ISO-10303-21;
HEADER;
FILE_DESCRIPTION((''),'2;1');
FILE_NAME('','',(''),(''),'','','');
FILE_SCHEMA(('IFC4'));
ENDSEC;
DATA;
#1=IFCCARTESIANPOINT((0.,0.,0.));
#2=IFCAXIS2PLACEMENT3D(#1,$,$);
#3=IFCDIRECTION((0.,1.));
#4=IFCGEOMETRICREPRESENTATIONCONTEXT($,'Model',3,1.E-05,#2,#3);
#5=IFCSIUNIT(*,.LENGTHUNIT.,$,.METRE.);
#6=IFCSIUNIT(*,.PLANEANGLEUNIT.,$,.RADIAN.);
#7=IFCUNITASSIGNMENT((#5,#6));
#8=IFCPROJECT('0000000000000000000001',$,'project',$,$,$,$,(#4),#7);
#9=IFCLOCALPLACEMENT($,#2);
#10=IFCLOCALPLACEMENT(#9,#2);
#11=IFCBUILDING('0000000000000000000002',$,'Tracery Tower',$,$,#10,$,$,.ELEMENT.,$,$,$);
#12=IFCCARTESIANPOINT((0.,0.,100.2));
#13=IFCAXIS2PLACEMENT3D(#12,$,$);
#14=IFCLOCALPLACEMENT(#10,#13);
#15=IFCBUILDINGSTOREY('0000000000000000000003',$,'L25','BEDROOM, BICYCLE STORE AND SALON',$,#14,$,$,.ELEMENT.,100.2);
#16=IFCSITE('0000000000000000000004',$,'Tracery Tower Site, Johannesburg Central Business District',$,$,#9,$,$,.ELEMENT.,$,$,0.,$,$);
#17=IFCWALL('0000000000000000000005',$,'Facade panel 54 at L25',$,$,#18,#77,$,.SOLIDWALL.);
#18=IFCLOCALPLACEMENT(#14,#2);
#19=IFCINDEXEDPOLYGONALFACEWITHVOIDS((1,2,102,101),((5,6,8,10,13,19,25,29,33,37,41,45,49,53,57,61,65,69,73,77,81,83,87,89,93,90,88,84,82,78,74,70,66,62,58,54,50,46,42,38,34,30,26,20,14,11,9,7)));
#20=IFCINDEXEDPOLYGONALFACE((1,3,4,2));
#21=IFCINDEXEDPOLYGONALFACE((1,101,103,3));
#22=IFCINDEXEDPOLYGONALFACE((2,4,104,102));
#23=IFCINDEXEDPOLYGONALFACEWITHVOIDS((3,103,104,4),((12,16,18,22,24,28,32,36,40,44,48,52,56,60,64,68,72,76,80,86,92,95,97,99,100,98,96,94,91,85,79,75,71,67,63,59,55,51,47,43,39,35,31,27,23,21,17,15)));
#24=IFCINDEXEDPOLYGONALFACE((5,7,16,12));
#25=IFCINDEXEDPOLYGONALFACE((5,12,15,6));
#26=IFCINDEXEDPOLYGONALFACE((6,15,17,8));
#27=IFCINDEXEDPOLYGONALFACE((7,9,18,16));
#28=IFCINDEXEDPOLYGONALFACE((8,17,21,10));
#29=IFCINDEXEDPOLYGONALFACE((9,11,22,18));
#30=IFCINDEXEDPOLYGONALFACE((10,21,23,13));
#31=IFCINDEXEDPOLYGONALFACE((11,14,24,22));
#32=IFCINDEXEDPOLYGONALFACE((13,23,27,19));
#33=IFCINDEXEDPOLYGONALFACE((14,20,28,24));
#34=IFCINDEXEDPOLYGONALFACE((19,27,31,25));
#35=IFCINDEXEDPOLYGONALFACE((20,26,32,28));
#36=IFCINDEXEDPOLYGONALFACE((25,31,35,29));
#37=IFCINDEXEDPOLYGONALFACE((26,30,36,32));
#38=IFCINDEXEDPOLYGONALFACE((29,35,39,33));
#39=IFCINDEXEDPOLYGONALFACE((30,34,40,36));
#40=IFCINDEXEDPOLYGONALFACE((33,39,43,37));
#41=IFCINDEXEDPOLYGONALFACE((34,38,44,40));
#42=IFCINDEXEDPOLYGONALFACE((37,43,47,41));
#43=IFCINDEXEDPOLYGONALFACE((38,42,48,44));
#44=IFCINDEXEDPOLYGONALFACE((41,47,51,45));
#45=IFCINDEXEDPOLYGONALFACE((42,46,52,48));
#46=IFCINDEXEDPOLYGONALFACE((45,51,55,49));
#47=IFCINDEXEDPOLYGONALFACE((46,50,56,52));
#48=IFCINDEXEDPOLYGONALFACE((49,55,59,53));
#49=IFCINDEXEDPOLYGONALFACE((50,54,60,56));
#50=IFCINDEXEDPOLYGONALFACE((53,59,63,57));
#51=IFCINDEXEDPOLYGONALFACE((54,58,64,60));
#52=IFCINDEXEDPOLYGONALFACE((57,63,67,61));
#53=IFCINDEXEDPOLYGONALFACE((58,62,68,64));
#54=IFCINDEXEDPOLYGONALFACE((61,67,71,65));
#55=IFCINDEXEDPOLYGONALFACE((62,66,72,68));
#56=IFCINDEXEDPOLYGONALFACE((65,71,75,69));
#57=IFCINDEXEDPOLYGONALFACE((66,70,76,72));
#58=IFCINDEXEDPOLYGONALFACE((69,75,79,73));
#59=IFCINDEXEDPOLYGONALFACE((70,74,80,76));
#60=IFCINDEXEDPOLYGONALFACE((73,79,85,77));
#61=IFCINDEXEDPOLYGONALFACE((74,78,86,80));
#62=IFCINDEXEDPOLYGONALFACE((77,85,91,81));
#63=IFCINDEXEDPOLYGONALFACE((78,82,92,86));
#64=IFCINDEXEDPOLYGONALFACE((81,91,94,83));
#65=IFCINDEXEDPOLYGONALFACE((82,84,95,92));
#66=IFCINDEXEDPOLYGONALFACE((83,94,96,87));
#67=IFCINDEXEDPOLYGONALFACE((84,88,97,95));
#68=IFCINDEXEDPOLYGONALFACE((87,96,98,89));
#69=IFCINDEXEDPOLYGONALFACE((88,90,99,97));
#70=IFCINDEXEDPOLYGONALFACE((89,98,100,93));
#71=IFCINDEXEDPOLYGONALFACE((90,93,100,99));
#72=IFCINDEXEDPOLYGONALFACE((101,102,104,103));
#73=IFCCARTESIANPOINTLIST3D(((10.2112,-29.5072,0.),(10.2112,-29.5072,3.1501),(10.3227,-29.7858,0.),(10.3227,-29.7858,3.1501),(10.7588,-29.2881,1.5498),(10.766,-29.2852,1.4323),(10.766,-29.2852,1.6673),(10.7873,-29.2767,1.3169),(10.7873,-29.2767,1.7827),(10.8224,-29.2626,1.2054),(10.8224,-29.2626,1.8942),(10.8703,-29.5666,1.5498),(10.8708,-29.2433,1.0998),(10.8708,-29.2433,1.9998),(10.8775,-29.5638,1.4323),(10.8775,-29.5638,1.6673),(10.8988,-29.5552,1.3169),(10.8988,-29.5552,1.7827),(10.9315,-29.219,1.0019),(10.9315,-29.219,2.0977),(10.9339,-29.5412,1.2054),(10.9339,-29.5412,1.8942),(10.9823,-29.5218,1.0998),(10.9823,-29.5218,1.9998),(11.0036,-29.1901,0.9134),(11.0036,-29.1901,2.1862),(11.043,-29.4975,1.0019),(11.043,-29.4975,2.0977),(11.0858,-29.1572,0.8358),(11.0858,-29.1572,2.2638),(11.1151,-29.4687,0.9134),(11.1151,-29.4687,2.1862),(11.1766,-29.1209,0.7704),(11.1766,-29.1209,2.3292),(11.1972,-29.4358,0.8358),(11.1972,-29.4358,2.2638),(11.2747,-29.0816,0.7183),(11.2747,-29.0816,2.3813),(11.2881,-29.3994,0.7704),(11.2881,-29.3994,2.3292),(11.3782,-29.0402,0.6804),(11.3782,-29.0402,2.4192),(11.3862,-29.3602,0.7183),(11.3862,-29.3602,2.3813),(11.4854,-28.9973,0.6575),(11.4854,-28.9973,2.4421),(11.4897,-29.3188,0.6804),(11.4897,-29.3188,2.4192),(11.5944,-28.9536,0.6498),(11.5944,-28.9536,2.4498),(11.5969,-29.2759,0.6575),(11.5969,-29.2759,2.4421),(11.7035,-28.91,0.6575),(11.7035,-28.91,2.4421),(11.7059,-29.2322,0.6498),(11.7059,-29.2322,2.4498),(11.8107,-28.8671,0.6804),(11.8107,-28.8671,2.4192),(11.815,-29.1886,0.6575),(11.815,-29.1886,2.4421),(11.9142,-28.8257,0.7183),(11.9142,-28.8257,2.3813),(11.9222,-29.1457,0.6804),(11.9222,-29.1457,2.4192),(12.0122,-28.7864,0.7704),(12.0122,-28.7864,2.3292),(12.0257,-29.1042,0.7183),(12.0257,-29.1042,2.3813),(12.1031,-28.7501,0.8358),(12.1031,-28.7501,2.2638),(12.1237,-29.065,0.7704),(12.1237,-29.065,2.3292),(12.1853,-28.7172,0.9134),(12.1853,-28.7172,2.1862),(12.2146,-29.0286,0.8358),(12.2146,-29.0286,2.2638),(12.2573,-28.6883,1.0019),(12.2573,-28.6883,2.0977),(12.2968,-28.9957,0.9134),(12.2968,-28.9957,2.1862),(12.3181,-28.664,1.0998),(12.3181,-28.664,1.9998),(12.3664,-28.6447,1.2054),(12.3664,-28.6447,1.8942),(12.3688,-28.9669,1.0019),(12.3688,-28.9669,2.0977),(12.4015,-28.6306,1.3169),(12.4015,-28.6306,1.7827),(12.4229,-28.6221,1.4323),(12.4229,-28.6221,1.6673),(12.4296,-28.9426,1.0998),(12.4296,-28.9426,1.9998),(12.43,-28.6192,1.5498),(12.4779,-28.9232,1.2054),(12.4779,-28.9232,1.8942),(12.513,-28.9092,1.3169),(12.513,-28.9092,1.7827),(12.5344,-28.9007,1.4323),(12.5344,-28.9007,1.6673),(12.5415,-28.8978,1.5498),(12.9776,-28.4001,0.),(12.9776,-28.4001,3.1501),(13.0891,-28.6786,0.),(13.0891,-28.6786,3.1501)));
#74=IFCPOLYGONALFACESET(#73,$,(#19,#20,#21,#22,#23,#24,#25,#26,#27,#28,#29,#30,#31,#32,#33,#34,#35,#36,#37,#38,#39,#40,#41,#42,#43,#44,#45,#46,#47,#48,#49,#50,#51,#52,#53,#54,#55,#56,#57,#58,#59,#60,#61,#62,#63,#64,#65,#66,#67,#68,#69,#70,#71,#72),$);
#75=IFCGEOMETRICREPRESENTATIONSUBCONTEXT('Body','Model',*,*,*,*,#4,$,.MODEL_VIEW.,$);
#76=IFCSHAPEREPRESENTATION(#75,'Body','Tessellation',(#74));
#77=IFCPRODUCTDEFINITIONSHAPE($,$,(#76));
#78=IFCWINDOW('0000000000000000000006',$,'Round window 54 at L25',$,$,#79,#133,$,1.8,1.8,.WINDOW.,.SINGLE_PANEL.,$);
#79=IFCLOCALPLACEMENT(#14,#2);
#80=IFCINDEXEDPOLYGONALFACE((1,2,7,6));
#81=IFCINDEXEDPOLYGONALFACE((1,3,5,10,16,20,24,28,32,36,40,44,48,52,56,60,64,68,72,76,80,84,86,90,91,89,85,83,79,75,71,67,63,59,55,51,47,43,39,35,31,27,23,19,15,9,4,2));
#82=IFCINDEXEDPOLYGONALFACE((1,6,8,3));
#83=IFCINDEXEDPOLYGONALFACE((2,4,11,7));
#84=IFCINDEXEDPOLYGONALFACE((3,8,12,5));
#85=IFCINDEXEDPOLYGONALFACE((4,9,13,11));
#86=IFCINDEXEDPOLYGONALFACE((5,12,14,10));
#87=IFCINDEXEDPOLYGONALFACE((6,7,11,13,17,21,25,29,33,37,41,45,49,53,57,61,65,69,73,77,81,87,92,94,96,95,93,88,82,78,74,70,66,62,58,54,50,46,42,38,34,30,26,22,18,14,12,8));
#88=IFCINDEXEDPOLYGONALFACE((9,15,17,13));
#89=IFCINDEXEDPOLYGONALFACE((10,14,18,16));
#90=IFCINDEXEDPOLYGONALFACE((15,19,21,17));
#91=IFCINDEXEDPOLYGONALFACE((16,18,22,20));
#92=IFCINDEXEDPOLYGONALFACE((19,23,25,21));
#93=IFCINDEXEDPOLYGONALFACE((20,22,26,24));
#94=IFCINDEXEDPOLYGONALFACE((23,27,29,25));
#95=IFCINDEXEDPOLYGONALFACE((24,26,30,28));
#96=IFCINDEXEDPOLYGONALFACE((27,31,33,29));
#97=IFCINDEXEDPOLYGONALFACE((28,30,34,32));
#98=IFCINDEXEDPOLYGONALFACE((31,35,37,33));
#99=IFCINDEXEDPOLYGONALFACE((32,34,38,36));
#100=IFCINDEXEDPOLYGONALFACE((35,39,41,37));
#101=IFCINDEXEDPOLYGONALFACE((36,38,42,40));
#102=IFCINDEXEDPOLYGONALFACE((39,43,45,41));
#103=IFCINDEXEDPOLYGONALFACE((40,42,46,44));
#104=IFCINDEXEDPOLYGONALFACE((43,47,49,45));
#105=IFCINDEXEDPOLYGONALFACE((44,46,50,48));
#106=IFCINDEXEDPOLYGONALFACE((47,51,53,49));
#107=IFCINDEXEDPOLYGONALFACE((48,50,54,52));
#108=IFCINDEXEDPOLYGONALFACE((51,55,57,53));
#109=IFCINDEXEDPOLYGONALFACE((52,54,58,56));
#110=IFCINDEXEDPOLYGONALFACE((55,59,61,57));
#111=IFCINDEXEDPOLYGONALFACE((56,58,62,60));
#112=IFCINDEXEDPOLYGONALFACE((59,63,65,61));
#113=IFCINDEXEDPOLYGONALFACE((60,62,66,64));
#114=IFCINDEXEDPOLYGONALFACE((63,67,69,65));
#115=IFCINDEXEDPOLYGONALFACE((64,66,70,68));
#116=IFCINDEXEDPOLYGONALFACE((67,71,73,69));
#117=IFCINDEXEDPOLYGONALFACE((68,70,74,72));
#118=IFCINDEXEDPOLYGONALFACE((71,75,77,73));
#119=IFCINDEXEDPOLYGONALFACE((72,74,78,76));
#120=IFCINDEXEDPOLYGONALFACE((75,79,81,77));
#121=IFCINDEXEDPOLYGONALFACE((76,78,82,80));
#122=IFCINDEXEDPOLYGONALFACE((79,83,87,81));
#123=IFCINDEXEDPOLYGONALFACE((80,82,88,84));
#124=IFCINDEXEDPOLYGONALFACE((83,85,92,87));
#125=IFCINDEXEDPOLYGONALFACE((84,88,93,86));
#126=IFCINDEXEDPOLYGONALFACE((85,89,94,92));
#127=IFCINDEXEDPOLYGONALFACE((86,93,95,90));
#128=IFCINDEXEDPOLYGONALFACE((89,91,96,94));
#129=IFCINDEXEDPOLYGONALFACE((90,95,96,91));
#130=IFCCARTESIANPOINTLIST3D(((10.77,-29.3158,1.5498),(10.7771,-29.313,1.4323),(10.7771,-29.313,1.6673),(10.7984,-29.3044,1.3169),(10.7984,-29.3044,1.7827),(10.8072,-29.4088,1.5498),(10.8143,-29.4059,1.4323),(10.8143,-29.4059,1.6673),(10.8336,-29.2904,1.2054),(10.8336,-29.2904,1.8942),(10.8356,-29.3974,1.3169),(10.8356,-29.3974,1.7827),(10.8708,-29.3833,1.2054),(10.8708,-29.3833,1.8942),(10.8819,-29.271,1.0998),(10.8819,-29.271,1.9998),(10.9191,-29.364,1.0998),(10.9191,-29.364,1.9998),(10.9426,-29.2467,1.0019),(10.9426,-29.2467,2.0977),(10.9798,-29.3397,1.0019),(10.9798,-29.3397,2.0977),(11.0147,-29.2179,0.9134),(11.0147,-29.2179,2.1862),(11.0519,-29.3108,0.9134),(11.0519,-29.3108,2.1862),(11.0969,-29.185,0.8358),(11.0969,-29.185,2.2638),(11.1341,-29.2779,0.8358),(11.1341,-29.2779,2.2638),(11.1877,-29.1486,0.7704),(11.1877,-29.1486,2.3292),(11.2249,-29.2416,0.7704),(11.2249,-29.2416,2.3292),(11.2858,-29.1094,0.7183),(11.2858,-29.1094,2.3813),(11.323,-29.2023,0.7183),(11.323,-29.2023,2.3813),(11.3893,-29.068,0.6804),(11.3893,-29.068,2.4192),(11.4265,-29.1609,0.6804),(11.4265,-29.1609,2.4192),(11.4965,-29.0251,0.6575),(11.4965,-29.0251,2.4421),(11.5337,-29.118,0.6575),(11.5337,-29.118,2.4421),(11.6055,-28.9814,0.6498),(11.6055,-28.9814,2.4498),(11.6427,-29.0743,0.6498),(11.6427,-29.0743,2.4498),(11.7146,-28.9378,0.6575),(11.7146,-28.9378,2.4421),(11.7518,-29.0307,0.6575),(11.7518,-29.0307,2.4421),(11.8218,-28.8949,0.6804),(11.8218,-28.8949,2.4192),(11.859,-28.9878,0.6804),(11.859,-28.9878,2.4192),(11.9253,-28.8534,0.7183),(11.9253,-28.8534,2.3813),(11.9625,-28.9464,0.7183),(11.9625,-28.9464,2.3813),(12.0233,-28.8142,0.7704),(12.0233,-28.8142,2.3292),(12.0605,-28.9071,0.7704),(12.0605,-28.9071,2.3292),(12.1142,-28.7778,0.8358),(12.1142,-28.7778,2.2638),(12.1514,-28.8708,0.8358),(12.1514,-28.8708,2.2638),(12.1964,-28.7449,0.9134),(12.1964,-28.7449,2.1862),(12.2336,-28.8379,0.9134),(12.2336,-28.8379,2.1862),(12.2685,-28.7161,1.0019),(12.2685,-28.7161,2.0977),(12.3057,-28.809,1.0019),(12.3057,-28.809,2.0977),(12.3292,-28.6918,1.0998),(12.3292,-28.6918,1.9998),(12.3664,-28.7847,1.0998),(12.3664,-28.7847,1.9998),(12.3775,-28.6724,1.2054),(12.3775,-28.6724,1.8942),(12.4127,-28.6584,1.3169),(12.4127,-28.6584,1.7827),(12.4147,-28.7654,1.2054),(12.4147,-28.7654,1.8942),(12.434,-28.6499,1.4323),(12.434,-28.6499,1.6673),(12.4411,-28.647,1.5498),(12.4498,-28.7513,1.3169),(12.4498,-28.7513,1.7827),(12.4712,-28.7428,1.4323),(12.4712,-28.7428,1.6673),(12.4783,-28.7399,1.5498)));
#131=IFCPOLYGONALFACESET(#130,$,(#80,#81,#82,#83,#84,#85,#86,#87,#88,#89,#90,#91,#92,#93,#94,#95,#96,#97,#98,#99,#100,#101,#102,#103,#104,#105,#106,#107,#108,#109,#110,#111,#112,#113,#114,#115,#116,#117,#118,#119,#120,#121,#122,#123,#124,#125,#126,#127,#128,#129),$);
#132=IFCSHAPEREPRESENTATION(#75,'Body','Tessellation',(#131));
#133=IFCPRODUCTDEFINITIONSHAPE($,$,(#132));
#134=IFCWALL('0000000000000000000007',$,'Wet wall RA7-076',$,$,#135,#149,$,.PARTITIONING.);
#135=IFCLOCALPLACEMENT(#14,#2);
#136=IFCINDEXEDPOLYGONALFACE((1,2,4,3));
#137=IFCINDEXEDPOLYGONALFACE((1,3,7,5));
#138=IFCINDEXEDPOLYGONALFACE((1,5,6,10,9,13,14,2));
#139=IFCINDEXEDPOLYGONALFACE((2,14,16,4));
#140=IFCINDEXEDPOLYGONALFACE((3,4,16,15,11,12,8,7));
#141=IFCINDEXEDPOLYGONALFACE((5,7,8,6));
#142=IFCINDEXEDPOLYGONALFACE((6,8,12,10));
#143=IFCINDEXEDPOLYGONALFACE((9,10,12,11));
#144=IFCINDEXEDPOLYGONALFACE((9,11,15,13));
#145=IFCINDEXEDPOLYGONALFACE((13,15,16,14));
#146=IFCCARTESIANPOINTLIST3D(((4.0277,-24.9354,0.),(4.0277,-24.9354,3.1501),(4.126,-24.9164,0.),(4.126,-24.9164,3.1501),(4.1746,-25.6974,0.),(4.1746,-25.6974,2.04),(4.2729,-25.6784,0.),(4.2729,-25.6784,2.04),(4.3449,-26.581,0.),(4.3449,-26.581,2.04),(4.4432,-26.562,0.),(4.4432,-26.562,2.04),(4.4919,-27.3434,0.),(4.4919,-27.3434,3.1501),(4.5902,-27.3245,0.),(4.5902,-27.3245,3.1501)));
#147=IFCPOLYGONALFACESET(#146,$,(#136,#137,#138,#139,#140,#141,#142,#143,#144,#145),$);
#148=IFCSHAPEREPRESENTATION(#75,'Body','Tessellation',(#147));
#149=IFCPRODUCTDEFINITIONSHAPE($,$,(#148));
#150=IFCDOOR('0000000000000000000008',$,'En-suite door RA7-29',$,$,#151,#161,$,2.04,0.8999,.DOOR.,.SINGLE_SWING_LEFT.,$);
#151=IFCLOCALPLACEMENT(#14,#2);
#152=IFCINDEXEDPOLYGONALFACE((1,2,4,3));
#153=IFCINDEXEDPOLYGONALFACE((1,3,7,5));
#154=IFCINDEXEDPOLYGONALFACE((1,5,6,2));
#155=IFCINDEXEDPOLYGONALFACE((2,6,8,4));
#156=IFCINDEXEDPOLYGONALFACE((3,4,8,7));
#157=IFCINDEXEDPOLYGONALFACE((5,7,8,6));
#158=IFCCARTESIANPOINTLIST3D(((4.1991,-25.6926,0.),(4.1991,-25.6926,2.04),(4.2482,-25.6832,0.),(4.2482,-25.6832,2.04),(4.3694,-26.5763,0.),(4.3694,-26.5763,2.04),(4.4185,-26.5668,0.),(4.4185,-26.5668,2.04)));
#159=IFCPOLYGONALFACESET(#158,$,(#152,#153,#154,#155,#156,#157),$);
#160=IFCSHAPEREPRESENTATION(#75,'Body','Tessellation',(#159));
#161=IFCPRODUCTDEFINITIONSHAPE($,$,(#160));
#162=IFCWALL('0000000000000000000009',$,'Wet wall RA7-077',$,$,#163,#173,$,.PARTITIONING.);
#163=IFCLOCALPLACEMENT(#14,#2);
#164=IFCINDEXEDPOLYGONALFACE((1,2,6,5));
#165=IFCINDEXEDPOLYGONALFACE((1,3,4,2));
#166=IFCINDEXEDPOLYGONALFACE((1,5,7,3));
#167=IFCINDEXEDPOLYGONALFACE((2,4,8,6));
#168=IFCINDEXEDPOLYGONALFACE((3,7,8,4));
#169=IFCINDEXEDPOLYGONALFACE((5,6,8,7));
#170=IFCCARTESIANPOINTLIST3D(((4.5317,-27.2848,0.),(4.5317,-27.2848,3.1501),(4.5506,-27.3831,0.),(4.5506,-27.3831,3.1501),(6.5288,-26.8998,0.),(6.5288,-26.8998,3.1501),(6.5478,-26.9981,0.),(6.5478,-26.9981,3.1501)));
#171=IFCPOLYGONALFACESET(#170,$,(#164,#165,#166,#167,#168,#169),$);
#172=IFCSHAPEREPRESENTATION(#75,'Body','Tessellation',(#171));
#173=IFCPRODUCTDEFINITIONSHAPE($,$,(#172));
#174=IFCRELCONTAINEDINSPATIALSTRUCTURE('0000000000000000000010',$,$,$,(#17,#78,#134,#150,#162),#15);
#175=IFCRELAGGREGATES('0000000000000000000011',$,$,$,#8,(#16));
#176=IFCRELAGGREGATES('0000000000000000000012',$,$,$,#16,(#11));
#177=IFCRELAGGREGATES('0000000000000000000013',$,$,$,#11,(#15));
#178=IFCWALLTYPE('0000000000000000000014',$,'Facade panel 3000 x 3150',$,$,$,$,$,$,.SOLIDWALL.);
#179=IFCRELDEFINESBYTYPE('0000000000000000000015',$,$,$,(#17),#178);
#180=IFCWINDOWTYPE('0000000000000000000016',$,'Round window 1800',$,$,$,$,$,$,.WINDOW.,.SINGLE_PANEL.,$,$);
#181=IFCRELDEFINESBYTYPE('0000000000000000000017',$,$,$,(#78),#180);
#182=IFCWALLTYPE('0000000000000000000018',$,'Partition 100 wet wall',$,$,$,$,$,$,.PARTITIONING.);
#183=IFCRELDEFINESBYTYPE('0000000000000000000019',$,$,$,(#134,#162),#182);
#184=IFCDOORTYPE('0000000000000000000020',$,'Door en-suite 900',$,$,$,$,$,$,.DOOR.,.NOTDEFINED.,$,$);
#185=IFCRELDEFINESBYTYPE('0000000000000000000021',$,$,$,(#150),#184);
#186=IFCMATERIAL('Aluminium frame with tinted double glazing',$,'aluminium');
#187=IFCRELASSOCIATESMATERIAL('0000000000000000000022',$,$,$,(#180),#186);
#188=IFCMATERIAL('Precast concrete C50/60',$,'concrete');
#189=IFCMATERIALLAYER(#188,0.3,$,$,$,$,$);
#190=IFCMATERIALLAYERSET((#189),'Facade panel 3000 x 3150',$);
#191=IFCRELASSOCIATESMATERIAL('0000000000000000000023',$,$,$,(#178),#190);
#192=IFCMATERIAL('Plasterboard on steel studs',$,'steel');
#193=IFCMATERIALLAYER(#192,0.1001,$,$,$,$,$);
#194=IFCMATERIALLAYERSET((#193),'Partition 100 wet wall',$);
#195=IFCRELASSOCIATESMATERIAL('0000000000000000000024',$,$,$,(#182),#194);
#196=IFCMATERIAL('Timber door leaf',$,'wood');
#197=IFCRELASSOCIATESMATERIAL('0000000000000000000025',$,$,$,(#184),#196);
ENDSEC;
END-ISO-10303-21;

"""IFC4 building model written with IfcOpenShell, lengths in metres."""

from ifc_helpers import new_model, si_unit, direction, frame, frame_2d, origin, origin_2d, place, context, subcontext, project, spatial, rectangle, circle, extrude, material, layer, layer_set, type_object, element, fill, save


model = new_model("IFC4")

# Units and contexts
model_context = context("Model", 3, precision=1e-05, world=origin(), true_north=direction((0.0, 1.0)))
body_context = subcontext(model_context, "Body", "Model", "MODEL_VIEW")
ifc_project = project(units=[si_unit("LENGTHUNIT", "METRE"), si_unit("PLANEANGLEUNIT", "RADIAN")], contexts=[model_context])

# Site, building, storey
site_placement = place(None, origin())
site = spatial("IfcSite", under=ifc_project, at=site_placement, Name="Tracery Tower Site, Johannesburg Central Business District", CompositionType="ELEMENT", RefElevation=0.0)
building_placement = place(site_placement, origin())
building = spatial("IfcBuilding", under=site, at=building_placement, Name="Tracery Tower", CompositionType="ELEMENT")
storey_placement = place(building_placement, frame((0.0, 0.0, 100.2)))
storey = spatial("IfcBuildingStorey", under=building, at=storey_placement, Name="L25", Description="BEDROOM, BICYCLE STORE AND SALON", CompositionType="ELEMENT", Elevation=100.2)

# Wall, opening, window
ifc_material_1 = material(Name="Aluminium frame with tinted double glazing", Category="aluminium")
window_type = type_object("IfcWindowType", Name="Round window 1800", PartitioningType="SINGLE_PANEL", PredefinedType="WINDOW", material=ifc_material_1)
ifc_material_2 = material(Name="Precast concrete C50/60", Category="concrete")
ifc_layer_1 = layer(ifc_material_2, 0.3)
ifc_layer_set_1 = layer_set([ifc_layer_1], Name="Facade panel 3000 x 3150")
wall_type_1 = type_object("IfcWallType", Name="Facade panel 3000 x 3150", PredefinedType="SOLIDWALL", material=ifc_layer_set_1)
wall_1_placement = place(storey_placement, frame((10.2671, -29.6465, 0.0), z_axis=(0.0, 0.0, 1.0), x_axis=(0.928403, 0.371574, 0.0)))
wall_1 = element("IfcWall", 1, at=wall_1_placement, inside=storey, type_object=wall_type_1, Name="Facade panel 54 at L25", PredefinedType="SOLIDWALL", context=body_context, shape_type="SweptSolid", body=[
    extrude(rectangle(XDim=2.9797, YDim=0.3, at=frame_2d((1.4897, 0.0))), origin(), (0.0, 0.0, 1.0), 3.1501),
])
opening_1_placement = place(wall_1_placement, frame((1.4897, 0.0, 1.5498)))
opening_1 = element("IfcOpeningElement", 2, at=opening_1_placement, cuts=wall_1, PredefinedType="OPENING", context=body_context, shape_type="SweptSolid", body=[
    extrude(circle(Radius=0.9, at=origin_2d()), frame((0.0, 0.1599, 0.0), z_axis=(0.0, -1.0, 0.0), x_axis=(1.0, 0.0, 0.0)), (0.0, 0.0, 1.0), 0.3201),
])
window_1_placement = place(opening_1_placement, origin())
window_1 = element("IfcWindow", 3, at=window_1_placement, inside=storey, type_object=window_type, Name="Round window 54 at L25", OverallHeight=1.8, OverallWidth=1.8, PartitioningType="SINGLE_PANEL", PredefinedType="WINDOW", context=body_context, shape_type="SweptSolid", body=[
    extrude(circle(Radius=0.9, at=origin_2d()), frame((0.0, 0.1201, 0.0), z_axis=(0.0, -1.0, 0.0), x_axis=(1.0, 0.0, 0.0)), (0.0, 0.0, 1.0), 0.1001),
])
fill(opening_1, window_1)

# Wall, opening, door
ifc_material_3 = material(Name="Plasterboard on steel studs", Category="steel")
ifc_layer_2 = layer(ifc_material_3, 0.1001)
ifc_layer_set_2 = layer_set([ifc_layer_2], Name="Partition 100 wet wall")
wall_type_2 = type_object("IfcWallType", Name="Partition 100 wet wall", PredefinedType="PARTITIONING", material=ifc_layer_set_2)
wall_2_placement = place(storey_placement, frame((4.0769, -24.926, 0.0), z_axis=(0.0, 0.0, 1.0), x_axis=(0.189257, -0.981928, 0.0)))
wall_2 = element("IfcWall", 4, at=wall_2_placement, inside=storey, type_object=wall_type_2, Name="Wet wall RA7-076", PredefinedType="PARTITIONING", context=body_context, shape_type="SweptSolid", body=[
    extrude(rectangle(XDim=2.4524, YDim=0.1001, at=frame_2d((1.2261, 0.0))), origin(), (0.0, 0.0, 1.0), 3.1501),
])
opening_2_placement = place(wall_2_placement, frame((0.7759, 0.0, 0.0)))
opening_2 = element("IfcOpeningElement", 5, at=opening_2_placement, cuts=wall_2, PredefinedType="OPENING", context=body_context, shape_type="SweptSolid", body=[
    extrude(rectangle(XDim=0.8999, YDim=2.04, at=frame_2d((0.45, 1.02))), frame((0.0, 0.05, 0.0), z_axis=(0.0, -1.0, 0.0), x_axis=(1.0, 0.0, 0.0)), (0.0, 0.0, 1.0), 0.1001),
])
ifc_material_4 = material(Name="Timber door leaf", Category="wood")
door_type_1 = type_object("IfcDoorType", Name="Door en-suite 900", OperationType="NOTDEFINED", PredefinedType="DOOR", material=ifc_material_4)
door_1_placement = place(opening_2_placement, origin())
door_1 = element("IfcDoor", 6, at=door_1_placement, inside=storey, type_object=door_type_1, Name="En-suite door RA7-29", OperationType="SINGLE_SWING_LEFT", OverallHeight=2.04, OverallWidth=0.8999, PredefinedType="DOOR", context=body_context, shape_type="SweptSolid", body=[
    extrude(rectangle(XDim=0.8999, YDim=2.04, at=frame_2d((0.45, 1.02))), frame((0.0, 0.0249, 0.0), z_axis=(0.0, -1.0, 0.0), x_axis=(1.0, 0.0, 0.0)), (0.0, 0.0, 1.0), 0.05),
])
fill(opening_2, door_1)

# Wall
wall_3_placement = place(storey_placement, frame((4.541, -27.334, 0.0), z_axis=(0.0, 0.0, 1.0), x_axis=(0.981919, 0.189302, 0.0)))
element("IfcWall", 7, at=wall_3_placement, inside=storey, type_object=wall_type_2, Name="Wet wall RA7-077", PredefinedType="PARTITIONING", context=body_context, shape_type="SweptSolid", body=[
    extrude(rectangle(XDim=2.0339, YDim=0.1001, at=frame_2d((1.0171, 0.0))), origin(), (0.0, 0.0, 1.0), 3.1501),
])

save(model, "model.ifc")
